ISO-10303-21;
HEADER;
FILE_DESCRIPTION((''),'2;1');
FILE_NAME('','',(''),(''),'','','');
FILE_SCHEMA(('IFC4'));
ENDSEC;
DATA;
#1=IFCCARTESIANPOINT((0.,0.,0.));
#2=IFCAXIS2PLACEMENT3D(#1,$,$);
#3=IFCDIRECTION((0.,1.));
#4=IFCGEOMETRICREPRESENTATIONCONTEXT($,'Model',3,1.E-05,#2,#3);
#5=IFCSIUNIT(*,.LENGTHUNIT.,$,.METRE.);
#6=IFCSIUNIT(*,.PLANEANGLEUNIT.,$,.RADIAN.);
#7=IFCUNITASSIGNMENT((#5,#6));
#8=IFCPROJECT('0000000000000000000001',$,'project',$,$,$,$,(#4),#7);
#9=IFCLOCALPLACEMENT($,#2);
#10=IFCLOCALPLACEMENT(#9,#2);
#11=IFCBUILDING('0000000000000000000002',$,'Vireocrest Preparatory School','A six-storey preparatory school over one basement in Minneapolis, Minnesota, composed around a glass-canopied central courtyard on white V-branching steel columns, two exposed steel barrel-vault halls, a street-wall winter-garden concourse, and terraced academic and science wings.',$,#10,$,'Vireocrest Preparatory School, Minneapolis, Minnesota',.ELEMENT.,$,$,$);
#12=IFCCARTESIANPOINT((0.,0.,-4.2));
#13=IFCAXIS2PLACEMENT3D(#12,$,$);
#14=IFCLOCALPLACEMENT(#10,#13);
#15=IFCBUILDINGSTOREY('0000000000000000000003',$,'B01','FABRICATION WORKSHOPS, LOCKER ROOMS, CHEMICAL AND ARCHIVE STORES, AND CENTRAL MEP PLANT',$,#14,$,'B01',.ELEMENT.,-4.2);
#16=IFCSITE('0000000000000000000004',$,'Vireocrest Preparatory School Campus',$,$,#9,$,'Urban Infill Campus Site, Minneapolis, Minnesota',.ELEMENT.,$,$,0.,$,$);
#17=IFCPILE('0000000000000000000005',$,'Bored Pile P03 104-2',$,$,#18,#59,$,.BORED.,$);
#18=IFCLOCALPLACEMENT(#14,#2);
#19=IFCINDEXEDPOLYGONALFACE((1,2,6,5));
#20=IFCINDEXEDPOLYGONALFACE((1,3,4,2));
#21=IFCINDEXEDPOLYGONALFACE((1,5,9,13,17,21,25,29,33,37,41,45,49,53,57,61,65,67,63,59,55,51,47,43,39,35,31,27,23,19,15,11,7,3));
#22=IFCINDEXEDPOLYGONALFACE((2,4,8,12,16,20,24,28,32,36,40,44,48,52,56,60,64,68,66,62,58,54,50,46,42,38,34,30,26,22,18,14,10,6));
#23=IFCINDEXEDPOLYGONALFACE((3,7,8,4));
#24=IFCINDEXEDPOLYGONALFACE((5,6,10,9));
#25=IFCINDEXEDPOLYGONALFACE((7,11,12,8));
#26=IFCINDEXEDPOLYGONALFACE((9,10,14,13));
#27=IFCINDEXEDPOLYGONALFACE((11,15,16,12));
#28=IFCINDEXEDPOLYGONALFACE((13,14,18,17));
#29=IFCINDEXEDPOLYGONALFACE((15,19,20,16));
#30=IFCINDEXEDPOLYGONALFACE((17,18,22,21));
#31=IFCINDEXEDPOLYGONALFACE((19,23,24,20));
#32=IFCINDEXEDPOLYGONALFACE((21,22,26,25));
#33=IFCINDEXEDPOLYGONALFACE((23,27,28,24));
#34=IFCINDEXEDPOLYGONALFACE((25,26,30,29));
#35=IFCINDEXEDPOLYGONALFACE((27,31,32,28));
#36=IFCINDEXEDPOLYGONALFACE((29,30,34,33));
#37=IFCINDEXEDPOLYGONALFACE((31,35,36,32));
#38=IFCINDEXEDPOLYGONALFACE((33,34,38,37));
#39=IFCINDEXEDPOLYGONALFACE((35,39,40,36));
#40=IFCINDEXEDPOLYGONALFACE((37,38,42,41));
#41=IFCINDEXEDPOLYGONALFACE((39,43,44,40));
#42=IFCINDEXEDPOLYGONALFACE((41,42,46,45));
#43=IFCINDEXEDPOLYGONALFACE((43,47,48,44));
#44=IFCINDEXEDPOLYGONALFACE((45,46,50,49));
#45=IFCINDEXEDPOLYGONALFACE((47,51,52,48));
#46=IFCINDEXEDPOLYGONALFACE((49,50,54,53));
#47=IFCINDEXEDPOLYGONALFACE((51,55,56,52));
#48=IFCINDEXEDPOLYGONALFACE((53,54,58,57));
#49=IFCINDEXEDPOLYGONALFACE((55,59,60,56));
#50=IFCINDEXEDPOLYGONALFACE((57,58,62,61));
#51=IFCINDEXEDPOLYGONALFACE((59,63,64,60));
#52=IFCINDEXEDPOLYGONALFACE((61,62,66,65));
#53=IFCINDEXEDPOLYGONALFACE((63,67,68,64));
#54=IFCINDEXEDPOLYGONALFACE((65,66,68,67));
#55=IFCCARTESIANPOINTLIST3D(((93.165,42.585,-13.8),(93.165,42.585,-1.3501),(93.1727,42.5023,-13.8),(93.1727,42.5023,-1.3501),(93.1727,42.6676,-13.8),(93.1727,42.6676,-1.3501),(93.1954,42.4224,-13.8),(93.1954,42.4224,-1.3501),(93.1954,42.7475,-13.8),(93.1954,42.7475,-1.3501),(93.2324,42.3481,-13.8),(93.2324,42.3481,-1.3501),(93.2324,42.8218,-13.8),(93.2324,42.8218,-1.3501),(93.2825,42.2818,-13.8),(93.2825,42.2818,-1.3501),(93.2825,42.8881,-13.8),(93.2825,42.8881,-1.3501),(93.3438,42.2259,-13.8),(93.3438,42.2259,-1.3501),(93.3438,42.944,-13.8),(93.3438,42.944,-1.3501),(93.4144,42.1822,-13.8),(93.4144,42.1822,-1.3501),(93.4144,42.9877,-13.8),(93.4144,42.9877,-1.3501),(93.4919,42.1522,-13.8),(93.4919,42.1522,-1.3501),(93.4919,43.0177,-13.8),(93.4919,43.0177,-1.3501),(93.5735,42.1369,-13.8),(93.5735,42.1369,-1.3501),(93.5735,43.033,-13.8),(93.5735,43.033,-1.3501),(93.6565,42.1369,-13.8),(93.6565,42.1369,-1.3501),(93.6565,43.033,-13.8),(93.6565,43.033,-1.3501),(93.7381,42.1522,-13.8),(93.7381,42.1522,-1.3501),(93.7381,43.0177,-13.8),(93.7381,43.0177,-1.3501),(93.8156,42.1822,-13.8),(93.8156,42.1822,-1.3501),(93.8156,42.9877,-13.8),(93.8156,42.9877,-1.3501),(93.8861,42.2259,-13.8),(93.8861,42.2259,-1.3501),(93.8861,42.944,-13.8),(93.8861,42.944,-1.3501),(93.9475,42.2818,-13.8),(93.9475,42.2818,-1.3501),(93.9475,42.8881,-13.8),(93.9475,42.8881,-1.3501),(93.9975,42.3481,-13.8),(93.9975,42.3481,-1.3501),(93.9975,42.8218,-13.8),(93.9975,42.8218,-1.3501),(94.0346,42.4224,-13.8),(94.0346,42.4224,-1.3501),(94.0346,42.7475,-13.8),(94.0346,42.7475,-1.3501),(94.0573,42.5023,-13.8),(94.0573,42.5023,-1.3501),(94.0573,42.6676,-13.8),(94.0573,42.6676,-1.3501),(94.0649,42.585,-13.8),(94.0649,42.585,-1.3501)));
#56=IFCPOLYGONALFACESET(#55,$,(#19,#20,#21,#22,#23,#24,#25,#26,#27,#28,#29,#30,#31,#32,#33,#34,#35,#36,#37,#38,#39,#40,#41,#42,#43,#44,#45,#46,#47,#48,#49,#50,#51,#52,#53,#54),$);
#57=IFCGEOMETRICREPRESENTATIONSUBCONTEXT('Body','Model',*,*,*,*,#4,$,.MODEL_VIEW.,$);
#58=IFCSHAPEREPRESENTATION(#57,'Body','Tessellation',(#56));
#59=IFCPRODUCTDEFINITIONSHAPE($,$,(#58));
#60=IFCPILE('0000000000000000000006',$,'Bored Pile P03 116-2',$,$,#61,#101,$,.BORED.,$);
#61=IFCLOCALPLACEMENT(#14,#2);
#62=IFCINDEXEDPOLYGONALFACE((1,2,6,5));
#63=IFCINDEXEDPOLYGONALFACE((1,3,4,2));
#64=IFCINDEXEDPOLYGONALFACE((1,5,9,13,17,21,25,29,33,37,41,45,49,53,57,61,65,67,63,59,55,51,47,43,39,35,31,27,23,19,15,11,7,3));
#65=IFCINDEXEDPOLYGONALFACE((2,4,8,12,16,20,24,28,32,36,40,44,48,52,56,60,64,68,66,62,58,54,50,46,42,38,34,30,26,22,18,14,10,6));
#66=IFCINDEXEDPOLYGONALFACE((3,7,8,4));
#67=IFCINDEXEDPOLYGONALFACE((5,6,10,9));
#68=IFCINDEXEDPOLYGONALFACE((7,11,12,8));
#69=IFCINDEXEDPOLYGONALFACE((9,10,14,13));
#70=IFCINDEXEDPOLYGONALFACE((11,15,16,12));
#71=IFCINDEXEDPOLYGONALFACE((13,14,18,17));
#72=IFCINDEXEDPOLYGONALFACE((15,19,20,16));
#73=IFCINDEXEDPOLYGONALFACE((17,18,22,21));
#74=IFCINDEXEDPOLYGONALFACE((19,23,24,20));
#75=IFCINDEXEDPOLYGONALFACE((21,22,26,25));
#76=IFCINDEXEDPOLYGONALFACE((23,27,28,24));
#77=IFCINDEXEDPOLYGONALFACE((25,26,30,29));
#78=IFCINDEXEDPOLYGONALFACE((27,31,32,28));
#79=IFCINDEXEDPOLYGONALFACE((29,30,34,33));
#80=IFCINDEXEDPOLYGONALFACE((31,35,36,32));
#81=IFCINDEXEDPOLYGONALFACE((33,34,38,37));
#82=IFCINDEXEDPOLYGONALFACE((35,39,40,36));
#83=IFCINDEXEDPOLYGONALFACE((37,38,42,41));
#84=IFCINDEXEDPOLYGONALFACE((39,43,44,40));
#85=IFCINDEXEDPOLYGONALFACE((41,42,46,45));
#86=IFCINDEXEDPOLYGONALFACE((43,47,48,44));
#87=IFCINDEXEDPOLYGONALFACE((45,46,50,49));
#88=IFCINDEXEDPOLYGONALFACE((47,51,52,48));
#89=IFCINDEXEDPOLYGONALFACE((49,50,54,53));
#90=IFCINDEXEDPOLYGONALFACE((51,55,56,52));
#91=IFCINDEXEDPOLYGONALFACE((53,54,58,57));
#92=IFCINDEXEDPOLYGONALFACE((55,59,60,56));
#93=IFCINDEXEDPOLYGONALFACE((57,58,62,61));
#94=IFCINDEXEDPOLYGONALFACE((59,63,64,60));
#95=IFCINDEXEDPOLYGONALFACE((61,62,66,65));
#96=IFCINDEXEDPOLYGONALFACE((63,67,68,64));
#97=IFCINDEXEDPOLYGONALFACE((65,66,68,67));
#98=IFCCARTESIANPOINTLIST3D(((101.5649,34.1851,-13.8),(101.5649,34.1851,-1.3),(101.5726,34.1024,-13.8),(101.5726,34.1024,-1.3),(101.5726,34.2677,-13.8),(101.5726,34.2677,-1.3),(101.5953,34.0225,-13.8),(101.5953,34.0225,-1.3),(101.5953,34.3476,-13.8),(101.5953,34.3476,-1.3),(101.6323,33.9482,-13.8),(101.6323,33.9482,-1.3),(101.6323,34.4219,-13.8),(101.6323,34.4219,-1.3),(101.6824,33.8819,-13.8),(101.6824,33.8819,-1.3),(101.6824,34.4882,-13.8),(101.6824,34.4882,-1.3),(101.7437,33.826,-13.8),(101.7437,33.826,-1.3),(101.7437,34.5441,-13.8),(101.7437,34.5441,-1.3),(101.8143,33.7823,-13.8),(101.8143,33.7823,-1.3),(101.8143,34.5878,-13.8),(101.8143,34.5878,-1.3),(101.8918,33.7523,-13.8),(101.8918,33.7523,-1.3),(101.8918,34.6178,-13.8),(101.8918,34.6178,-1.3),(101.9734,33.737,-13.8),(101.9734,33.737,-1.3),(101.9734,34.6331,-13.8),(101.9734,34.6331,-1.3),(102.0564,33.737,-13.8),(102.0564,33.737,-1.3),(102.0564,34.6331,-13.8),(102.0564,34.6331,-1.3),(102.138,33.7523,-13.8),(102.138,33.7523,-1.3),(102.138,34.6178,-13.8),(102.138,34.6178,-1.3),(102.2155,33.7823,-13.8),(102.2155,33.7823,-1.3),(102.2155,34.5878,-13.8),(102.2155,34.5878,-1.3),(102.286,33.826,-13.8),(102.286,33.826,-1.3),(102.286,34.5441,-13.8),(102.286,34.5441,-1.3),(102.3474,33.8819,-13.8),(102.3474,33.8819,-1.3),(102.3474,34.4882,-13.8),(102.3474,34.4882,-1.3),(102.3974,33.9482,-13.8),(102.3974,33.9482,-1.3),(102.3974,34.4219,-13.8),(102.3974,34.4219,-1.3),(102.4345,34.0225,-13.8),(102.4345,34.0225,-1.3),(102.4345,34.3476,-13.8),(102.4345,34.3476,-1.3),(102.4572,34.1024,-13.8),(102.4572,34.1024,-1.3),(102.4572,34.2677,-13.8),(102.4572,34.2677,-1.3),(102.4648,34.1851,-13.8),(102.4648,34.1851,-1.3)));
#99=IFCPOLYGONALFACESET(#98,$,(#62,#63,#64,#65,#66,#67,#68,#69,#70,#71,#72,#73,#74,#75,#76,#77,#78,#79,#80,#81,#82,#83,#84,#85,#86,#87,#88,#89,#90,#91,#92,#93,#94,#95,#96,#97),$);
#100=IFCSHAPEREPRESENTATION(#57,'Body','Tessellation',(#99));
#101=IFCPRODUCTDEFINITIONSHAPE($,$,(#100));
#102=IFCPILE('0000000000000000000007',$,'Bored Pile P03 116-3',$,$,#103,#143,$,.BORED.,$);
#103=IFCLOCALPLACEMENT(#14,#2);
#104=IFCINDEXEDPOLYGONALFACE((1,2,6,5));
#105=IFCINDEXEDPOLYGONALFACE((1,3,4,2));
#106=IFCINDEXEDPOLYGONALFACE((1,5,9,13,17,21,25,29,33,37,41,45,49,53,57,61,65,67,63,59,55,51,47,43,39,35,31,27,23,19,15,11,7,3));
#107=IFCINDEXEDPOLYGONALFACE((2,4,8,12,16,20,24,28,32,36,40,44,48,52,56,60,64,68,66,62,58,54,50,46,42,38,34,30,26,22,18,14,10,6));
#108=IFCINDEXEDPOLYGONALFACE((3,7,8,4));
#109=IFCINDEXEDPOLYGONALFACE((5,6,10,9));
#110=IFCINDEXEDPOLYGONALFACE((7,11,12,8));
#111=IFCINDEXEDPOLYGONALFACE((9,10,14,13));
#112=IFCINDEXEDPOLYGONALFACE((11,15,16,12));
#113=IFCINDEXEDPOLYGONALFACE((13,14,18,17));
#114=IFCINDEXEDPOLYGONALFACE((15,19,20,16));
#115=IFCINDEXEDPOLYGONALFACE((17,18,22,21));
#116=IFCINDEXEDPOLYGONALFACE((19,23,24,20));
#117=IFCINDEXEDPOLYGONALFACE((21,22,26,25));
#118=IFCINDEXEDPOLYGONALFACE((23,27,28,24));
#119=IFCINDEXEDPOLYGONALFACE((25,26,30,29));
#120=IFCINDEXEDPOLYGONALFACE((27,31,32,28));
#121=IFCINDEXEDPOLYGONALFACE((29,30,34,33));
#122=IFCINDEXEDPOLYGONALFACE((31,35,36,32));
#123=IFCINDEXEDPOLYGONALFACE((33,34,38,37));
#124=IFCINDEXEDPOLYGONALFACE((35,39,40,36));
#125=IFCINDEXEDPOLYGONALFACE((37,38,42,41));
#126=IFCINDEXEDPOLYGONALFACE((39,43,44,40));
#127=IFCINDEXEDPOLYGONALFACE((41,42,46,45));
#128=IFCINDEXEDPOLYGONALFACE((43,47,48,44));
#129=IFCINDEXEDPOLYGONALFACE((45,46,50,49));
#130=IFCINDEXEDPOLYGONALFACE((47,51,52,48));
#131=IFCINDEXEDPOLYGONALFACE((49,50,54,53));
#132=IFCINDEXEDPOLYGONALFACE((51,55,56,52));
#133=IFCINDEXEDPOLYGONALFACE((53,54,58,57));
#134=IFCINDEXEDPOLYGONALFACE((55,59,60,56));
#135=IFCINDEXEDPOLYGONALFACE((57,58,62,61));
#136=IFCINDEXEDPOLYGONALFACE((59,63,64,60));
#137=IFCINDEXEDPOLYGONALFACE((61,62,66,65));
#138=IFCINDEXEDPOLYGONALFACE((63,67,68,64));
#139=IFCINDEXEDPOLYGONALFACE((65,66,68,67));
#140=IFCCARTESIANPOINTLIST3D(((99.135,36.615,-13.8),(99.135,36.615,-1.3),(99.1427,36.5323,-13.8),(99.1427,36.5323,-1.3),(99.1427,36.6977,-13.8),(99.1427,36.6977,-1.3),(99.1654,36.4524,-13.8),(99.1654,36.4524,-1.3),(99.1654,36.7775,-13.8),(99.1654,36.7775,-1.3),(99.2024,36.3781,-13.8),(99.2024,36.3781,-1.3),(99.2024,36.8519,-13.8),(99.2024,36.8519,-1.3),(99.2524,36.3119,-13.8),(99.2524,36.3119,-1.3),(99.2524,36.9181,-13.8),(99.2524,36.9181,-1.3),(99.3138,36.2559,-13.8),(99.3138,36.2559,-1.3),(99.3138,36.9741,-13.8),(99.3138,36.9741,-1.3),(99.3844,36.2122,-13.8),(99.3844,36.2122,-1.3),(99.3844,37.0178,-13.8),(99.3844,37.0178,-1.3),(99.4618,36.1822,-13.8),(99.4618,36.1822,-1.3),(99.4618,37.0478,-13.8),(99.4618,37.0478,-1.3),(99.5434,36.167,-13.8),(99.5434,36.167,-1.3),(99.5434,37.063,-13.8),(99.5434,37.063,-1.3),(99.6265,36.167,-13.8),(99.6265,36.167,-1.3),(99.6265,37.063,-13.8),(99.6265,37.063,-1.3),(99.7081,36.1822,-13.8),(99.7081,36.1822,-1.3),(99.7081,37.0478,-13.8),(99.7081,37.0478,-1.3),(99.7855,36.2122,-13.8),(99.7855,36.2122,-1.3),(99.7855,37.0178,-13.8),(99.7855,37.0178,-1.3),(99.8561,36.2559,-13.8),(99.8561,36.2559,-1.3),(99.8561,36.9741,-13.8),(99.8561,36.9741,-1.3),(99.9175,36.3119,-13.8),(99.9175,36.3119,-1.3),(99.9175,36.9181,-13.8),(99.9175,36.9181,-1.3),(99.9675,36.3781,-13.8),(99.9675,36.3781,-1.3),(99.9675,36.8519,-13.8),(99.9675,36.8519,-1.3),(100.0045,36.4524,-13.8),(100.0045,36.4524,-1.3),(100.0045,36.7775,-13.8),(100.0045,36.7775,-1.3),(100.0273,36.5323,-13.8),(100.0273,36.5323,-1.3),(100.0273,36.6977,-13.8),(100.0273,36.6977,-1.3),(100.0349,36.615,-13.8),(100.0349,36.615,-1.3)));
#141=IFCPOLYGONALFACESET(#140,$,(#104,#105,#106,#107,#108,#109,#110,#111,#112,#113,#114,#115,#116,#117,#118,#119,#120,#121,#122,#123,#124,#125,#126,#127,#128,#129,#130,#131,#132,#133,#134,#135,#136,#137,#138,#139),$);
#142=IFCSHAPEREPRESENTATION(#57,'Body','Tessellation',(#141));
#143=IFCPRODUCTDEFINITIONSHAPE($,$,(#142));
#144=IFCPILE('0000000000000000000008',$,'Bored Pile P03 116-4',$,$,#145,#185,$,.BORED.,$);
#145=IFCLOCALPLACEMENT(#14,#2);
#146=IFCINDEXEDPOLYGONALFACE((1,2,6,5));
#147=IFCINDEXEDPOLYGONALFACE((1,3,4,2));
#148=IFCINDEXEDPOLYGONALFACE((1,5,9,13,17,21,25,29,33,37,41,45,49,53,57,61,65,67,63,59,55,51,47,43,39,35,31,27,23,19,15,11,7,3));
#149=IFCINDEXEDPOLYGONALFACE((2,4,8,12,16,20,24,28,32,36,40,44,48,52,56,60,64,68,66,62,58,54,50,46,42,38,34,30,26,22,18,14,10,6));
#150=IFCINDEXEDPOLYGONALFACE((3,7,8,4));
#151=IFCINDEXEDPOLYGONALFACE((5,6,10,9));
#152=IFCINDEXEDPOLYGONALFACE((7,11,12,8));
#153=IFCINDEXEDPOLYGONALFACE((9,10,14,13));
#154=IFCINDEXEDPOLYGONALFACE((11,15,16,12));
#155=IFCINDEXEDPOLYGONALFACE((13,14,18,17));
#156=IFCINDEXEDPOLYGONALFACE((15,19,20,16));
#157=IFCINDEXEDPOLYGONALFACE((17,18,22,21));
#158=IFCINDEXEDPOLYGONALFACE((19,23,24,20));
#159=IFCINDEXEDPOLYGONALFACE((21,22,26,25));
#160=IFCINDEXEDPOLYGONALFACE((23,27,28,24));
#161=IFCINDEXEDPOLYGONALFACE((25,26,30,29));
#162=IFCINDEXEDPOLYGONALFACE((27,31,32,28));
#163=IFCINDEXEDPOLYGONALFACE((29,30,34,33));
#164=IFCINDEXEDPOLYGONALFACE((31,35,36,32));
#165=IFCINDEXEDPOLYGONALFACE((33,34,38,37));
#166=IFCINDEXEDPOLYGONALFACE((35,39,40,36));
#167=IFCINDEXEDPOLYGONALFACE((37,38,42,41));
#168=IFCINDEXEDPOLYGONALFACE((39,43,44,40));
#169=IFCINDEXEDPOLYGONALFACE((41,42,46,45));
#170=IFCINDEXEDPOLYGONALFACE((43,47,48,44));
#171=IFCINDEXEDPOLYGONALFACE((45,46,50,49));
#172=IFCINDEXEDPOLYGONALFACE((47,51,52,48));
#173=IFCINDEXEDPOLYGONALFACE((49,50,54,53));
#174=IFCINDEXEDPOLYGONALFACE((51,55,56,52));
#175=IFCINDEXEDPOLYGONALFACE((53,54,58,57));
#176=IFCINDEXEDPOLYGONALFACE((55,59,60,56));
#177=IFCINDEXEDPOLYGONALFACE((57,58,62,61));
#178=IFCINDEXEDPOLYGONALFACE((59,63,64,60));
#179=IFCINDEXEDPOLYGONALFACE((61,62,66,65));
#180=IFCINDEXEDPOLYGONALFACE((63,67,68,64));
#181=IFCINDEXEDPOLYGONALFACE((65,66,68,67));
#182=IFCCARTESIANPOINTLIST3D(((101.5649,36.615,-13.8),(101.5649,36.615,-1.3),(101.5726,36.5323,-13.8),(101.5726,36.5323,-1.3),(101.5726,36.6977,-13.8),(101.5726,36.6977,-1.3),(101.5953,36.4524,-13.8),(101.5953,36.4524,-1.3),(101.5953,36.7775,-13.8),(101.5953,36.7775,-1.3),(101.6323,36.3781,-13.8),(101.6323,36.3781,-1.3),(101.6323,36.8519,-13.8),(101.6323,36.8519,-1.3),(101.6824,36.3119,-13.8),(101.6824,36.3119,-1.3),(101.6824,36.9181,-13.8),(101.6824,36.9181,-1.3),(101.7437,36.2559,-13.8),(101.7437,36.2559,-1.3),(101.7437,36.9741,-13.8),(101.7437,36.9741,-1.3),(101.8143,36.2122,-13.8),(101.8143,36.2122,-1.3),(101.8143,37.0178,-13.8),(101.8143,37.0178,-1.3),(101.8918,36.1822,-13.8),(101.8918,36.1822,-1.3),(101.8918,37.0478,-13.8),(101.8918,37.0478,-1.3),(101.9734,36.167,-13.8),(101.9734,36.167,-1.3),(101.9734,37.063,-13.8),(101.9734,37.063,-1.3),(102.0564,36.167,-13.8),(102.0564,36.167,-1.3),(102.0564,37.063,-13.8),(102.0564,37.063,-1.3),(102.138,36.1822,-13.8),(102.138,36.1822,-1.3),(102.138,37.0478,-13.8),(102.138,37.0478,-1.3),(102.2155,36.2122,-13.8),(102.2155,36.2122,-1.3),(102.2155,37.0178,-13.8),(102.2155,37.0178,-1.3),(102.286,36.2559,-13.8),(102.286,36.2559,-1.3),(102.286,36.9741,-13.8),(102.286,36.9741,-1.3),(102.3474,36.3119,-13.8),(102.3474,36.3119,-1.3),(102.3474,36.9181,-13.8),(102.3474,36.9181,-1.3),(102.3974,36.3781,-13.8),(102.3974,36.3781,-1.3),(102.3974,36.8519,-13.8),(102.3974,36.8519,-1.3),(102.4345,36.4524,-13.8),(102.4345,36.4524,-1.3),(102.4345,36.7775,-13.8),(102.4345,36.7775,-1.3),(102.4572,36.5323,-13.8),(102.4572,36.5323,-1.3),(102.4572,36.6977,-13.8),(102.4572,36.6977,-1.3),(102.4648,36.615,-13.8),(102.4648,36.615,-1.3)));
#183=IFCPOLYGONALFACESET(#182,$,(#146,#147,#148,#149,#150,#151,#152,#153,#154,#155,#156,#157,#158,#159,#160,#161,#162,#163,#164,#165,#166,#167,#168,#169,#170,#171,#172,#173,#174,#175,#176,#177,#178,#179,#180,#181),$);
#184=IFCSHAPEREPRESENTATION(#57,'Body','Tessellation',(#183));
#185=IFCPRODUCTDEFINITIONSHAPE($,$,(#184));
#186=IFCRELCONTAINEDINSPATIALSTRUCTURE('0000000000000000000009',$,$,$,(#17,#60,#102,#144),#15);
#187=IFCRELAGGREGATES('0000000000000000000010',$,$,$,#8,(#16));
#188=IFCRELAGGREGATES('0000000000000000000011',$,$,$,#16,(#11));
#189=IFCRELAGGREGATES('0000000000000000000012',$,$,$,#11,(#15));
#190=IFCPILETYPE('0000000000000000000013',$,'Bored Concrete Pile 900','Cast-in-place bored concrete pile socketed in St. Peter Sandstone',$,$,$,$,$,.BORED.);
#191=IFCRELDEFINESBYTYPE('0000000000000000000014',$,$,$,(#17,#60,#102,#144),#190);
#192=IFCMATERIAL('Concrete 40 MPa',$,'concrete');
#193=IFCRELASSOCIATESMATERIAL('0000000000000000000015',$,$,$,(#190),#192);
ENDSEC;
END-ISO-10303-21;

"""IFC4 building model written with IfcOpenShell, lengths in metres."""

from ifc_helpers import new_model, si_unit, direction, frame, origin, origin_2d, place, context, subcontext, project, spatial, circle, extrude, material, material_profile, profile_set, type_object, element, save


model = new_model("IFC4")

# Units and contexts
model_context = context("Model", 3, precision=1e-05, world=origin(), true_north=direction((0.0, 1.0)))
body_context = subcontext(model_context, "Body", "Model", "MODEL_VIEW")
ifc_project = project(units=[si_unit("LENGTHUNIT", "METRE"), si_unit("PLANEANGLEUNIT", "RADIAN")], contexts=[model_context])

# Site, building, storey
site_placement = place(None, origin())
site = spatial("IfcSite", under=ifc_project, at=site_placement, Name="Vireocrest Preparatory School Campus", LongName="Urban Infill Campus Site, Minneapolis, Minnesota", CompositionType="ELEMENT", RefElevation=0.0)
building_placement = place(site_placement, origin())
building = spatial("IfcBuilding", under=site, at=building_placement, Name="Vireocrest Preparatory School", Description="A six-storey preparatory school over one basement in Minneapolis, Minnesota, composed around a glass-canopied central courtyard on white V-branching steel columns, two exposed steel barrel-vault halls, a street-wall winter-garden concourse, and terraced academic and science wings.", LongName="Vireocrest Preparatory School, Minneapolis, Minnesota", CompositionType="ELEMENT")
storey_placement = place(building_placement, frame((0.0, 0.0, -4.2)))
storey = spatial("IfcBuildingStorey", under=building, at=storey_placement, Name="B01", Description="FABRICATION WORKSHOPS, LOCKER ROOMS, CHEMICAL AND ARCHIVE STORES, AND CENTRAL MEP PLANT", LongName="B01", CompositionType="ELEMENT", Elevation=-4.2)

# Piles
ifc_material_1 = material(Name="Concrete 40 MPa", Category="concrete")
ifc_material_profile_1 = material_profile(ifc_material_1, circle(Radius=0.45, at=origin_2d()), Name="BORED PILE 900")
ifc_profile_set_1 = profile_set([ifc_material_profile_1], Name="Concrete 40 MPa")
pile_type_1 = type_object("IfcPileType", Name="Bored Concrete Pile 900", Description="Cast-in-place bored concrete pile socketed in St. Peter Sandstone", PredefinedType="BORED", material=ifc_profile_set_1)
pile_placement = place(storey_placement, frame((93.615, 42.585, -1.3501), z_axis=(0.0, 0.0, -1.0), x_axis=(1.0, 0.0, 0.0)))
element("IfcPile", 1, at=pile_placement, inside=storey, type_object=pile_type_1, Name="Bored Pile P03 104-2", PredefinedType="BORED", context=body_context, shape_type="SweptSolid", body=[
    extrude(circle(Radius=0.45, at=origin_2d()), origin(), (0.0, 0.0, 1.0), 12.45),
])
for number, where, z_axis, x_axis, name in (
    (2, (102.0149, 34.1851, -1.3), (0.0, 0.0, -1.0), (1.0, 0.0, 0.0), "Bored Pile P03 116-2"),
    (3, (99.585, 36.615, -1.3), (0.0, 0.0, -1.0), (1.0, 0.0, 0.0), "Bored Pile P03 116-3"),
    (4, (102.0149, 36.615, -1.3), (0.0, 0.0, -1.0), (1.0, 0.0, 0.0), "Bored Pile P03 116-4"),
):
    element("IfcPile", number, at=place(storey_placement, frame(where, z_axis=z_axis, x_axis=x_axis)), inside=storey, type_object=pile_type_1, Name=name, PredefinedType="BORED", context=body_context, shape_type="SweptSolid", body=[
        extrude(circle(Radius=0.45, at=origin_2d()), origin(), (0.0, 0.0, 1.0), 12.5),
    ])

save(model, "model.ifc")
